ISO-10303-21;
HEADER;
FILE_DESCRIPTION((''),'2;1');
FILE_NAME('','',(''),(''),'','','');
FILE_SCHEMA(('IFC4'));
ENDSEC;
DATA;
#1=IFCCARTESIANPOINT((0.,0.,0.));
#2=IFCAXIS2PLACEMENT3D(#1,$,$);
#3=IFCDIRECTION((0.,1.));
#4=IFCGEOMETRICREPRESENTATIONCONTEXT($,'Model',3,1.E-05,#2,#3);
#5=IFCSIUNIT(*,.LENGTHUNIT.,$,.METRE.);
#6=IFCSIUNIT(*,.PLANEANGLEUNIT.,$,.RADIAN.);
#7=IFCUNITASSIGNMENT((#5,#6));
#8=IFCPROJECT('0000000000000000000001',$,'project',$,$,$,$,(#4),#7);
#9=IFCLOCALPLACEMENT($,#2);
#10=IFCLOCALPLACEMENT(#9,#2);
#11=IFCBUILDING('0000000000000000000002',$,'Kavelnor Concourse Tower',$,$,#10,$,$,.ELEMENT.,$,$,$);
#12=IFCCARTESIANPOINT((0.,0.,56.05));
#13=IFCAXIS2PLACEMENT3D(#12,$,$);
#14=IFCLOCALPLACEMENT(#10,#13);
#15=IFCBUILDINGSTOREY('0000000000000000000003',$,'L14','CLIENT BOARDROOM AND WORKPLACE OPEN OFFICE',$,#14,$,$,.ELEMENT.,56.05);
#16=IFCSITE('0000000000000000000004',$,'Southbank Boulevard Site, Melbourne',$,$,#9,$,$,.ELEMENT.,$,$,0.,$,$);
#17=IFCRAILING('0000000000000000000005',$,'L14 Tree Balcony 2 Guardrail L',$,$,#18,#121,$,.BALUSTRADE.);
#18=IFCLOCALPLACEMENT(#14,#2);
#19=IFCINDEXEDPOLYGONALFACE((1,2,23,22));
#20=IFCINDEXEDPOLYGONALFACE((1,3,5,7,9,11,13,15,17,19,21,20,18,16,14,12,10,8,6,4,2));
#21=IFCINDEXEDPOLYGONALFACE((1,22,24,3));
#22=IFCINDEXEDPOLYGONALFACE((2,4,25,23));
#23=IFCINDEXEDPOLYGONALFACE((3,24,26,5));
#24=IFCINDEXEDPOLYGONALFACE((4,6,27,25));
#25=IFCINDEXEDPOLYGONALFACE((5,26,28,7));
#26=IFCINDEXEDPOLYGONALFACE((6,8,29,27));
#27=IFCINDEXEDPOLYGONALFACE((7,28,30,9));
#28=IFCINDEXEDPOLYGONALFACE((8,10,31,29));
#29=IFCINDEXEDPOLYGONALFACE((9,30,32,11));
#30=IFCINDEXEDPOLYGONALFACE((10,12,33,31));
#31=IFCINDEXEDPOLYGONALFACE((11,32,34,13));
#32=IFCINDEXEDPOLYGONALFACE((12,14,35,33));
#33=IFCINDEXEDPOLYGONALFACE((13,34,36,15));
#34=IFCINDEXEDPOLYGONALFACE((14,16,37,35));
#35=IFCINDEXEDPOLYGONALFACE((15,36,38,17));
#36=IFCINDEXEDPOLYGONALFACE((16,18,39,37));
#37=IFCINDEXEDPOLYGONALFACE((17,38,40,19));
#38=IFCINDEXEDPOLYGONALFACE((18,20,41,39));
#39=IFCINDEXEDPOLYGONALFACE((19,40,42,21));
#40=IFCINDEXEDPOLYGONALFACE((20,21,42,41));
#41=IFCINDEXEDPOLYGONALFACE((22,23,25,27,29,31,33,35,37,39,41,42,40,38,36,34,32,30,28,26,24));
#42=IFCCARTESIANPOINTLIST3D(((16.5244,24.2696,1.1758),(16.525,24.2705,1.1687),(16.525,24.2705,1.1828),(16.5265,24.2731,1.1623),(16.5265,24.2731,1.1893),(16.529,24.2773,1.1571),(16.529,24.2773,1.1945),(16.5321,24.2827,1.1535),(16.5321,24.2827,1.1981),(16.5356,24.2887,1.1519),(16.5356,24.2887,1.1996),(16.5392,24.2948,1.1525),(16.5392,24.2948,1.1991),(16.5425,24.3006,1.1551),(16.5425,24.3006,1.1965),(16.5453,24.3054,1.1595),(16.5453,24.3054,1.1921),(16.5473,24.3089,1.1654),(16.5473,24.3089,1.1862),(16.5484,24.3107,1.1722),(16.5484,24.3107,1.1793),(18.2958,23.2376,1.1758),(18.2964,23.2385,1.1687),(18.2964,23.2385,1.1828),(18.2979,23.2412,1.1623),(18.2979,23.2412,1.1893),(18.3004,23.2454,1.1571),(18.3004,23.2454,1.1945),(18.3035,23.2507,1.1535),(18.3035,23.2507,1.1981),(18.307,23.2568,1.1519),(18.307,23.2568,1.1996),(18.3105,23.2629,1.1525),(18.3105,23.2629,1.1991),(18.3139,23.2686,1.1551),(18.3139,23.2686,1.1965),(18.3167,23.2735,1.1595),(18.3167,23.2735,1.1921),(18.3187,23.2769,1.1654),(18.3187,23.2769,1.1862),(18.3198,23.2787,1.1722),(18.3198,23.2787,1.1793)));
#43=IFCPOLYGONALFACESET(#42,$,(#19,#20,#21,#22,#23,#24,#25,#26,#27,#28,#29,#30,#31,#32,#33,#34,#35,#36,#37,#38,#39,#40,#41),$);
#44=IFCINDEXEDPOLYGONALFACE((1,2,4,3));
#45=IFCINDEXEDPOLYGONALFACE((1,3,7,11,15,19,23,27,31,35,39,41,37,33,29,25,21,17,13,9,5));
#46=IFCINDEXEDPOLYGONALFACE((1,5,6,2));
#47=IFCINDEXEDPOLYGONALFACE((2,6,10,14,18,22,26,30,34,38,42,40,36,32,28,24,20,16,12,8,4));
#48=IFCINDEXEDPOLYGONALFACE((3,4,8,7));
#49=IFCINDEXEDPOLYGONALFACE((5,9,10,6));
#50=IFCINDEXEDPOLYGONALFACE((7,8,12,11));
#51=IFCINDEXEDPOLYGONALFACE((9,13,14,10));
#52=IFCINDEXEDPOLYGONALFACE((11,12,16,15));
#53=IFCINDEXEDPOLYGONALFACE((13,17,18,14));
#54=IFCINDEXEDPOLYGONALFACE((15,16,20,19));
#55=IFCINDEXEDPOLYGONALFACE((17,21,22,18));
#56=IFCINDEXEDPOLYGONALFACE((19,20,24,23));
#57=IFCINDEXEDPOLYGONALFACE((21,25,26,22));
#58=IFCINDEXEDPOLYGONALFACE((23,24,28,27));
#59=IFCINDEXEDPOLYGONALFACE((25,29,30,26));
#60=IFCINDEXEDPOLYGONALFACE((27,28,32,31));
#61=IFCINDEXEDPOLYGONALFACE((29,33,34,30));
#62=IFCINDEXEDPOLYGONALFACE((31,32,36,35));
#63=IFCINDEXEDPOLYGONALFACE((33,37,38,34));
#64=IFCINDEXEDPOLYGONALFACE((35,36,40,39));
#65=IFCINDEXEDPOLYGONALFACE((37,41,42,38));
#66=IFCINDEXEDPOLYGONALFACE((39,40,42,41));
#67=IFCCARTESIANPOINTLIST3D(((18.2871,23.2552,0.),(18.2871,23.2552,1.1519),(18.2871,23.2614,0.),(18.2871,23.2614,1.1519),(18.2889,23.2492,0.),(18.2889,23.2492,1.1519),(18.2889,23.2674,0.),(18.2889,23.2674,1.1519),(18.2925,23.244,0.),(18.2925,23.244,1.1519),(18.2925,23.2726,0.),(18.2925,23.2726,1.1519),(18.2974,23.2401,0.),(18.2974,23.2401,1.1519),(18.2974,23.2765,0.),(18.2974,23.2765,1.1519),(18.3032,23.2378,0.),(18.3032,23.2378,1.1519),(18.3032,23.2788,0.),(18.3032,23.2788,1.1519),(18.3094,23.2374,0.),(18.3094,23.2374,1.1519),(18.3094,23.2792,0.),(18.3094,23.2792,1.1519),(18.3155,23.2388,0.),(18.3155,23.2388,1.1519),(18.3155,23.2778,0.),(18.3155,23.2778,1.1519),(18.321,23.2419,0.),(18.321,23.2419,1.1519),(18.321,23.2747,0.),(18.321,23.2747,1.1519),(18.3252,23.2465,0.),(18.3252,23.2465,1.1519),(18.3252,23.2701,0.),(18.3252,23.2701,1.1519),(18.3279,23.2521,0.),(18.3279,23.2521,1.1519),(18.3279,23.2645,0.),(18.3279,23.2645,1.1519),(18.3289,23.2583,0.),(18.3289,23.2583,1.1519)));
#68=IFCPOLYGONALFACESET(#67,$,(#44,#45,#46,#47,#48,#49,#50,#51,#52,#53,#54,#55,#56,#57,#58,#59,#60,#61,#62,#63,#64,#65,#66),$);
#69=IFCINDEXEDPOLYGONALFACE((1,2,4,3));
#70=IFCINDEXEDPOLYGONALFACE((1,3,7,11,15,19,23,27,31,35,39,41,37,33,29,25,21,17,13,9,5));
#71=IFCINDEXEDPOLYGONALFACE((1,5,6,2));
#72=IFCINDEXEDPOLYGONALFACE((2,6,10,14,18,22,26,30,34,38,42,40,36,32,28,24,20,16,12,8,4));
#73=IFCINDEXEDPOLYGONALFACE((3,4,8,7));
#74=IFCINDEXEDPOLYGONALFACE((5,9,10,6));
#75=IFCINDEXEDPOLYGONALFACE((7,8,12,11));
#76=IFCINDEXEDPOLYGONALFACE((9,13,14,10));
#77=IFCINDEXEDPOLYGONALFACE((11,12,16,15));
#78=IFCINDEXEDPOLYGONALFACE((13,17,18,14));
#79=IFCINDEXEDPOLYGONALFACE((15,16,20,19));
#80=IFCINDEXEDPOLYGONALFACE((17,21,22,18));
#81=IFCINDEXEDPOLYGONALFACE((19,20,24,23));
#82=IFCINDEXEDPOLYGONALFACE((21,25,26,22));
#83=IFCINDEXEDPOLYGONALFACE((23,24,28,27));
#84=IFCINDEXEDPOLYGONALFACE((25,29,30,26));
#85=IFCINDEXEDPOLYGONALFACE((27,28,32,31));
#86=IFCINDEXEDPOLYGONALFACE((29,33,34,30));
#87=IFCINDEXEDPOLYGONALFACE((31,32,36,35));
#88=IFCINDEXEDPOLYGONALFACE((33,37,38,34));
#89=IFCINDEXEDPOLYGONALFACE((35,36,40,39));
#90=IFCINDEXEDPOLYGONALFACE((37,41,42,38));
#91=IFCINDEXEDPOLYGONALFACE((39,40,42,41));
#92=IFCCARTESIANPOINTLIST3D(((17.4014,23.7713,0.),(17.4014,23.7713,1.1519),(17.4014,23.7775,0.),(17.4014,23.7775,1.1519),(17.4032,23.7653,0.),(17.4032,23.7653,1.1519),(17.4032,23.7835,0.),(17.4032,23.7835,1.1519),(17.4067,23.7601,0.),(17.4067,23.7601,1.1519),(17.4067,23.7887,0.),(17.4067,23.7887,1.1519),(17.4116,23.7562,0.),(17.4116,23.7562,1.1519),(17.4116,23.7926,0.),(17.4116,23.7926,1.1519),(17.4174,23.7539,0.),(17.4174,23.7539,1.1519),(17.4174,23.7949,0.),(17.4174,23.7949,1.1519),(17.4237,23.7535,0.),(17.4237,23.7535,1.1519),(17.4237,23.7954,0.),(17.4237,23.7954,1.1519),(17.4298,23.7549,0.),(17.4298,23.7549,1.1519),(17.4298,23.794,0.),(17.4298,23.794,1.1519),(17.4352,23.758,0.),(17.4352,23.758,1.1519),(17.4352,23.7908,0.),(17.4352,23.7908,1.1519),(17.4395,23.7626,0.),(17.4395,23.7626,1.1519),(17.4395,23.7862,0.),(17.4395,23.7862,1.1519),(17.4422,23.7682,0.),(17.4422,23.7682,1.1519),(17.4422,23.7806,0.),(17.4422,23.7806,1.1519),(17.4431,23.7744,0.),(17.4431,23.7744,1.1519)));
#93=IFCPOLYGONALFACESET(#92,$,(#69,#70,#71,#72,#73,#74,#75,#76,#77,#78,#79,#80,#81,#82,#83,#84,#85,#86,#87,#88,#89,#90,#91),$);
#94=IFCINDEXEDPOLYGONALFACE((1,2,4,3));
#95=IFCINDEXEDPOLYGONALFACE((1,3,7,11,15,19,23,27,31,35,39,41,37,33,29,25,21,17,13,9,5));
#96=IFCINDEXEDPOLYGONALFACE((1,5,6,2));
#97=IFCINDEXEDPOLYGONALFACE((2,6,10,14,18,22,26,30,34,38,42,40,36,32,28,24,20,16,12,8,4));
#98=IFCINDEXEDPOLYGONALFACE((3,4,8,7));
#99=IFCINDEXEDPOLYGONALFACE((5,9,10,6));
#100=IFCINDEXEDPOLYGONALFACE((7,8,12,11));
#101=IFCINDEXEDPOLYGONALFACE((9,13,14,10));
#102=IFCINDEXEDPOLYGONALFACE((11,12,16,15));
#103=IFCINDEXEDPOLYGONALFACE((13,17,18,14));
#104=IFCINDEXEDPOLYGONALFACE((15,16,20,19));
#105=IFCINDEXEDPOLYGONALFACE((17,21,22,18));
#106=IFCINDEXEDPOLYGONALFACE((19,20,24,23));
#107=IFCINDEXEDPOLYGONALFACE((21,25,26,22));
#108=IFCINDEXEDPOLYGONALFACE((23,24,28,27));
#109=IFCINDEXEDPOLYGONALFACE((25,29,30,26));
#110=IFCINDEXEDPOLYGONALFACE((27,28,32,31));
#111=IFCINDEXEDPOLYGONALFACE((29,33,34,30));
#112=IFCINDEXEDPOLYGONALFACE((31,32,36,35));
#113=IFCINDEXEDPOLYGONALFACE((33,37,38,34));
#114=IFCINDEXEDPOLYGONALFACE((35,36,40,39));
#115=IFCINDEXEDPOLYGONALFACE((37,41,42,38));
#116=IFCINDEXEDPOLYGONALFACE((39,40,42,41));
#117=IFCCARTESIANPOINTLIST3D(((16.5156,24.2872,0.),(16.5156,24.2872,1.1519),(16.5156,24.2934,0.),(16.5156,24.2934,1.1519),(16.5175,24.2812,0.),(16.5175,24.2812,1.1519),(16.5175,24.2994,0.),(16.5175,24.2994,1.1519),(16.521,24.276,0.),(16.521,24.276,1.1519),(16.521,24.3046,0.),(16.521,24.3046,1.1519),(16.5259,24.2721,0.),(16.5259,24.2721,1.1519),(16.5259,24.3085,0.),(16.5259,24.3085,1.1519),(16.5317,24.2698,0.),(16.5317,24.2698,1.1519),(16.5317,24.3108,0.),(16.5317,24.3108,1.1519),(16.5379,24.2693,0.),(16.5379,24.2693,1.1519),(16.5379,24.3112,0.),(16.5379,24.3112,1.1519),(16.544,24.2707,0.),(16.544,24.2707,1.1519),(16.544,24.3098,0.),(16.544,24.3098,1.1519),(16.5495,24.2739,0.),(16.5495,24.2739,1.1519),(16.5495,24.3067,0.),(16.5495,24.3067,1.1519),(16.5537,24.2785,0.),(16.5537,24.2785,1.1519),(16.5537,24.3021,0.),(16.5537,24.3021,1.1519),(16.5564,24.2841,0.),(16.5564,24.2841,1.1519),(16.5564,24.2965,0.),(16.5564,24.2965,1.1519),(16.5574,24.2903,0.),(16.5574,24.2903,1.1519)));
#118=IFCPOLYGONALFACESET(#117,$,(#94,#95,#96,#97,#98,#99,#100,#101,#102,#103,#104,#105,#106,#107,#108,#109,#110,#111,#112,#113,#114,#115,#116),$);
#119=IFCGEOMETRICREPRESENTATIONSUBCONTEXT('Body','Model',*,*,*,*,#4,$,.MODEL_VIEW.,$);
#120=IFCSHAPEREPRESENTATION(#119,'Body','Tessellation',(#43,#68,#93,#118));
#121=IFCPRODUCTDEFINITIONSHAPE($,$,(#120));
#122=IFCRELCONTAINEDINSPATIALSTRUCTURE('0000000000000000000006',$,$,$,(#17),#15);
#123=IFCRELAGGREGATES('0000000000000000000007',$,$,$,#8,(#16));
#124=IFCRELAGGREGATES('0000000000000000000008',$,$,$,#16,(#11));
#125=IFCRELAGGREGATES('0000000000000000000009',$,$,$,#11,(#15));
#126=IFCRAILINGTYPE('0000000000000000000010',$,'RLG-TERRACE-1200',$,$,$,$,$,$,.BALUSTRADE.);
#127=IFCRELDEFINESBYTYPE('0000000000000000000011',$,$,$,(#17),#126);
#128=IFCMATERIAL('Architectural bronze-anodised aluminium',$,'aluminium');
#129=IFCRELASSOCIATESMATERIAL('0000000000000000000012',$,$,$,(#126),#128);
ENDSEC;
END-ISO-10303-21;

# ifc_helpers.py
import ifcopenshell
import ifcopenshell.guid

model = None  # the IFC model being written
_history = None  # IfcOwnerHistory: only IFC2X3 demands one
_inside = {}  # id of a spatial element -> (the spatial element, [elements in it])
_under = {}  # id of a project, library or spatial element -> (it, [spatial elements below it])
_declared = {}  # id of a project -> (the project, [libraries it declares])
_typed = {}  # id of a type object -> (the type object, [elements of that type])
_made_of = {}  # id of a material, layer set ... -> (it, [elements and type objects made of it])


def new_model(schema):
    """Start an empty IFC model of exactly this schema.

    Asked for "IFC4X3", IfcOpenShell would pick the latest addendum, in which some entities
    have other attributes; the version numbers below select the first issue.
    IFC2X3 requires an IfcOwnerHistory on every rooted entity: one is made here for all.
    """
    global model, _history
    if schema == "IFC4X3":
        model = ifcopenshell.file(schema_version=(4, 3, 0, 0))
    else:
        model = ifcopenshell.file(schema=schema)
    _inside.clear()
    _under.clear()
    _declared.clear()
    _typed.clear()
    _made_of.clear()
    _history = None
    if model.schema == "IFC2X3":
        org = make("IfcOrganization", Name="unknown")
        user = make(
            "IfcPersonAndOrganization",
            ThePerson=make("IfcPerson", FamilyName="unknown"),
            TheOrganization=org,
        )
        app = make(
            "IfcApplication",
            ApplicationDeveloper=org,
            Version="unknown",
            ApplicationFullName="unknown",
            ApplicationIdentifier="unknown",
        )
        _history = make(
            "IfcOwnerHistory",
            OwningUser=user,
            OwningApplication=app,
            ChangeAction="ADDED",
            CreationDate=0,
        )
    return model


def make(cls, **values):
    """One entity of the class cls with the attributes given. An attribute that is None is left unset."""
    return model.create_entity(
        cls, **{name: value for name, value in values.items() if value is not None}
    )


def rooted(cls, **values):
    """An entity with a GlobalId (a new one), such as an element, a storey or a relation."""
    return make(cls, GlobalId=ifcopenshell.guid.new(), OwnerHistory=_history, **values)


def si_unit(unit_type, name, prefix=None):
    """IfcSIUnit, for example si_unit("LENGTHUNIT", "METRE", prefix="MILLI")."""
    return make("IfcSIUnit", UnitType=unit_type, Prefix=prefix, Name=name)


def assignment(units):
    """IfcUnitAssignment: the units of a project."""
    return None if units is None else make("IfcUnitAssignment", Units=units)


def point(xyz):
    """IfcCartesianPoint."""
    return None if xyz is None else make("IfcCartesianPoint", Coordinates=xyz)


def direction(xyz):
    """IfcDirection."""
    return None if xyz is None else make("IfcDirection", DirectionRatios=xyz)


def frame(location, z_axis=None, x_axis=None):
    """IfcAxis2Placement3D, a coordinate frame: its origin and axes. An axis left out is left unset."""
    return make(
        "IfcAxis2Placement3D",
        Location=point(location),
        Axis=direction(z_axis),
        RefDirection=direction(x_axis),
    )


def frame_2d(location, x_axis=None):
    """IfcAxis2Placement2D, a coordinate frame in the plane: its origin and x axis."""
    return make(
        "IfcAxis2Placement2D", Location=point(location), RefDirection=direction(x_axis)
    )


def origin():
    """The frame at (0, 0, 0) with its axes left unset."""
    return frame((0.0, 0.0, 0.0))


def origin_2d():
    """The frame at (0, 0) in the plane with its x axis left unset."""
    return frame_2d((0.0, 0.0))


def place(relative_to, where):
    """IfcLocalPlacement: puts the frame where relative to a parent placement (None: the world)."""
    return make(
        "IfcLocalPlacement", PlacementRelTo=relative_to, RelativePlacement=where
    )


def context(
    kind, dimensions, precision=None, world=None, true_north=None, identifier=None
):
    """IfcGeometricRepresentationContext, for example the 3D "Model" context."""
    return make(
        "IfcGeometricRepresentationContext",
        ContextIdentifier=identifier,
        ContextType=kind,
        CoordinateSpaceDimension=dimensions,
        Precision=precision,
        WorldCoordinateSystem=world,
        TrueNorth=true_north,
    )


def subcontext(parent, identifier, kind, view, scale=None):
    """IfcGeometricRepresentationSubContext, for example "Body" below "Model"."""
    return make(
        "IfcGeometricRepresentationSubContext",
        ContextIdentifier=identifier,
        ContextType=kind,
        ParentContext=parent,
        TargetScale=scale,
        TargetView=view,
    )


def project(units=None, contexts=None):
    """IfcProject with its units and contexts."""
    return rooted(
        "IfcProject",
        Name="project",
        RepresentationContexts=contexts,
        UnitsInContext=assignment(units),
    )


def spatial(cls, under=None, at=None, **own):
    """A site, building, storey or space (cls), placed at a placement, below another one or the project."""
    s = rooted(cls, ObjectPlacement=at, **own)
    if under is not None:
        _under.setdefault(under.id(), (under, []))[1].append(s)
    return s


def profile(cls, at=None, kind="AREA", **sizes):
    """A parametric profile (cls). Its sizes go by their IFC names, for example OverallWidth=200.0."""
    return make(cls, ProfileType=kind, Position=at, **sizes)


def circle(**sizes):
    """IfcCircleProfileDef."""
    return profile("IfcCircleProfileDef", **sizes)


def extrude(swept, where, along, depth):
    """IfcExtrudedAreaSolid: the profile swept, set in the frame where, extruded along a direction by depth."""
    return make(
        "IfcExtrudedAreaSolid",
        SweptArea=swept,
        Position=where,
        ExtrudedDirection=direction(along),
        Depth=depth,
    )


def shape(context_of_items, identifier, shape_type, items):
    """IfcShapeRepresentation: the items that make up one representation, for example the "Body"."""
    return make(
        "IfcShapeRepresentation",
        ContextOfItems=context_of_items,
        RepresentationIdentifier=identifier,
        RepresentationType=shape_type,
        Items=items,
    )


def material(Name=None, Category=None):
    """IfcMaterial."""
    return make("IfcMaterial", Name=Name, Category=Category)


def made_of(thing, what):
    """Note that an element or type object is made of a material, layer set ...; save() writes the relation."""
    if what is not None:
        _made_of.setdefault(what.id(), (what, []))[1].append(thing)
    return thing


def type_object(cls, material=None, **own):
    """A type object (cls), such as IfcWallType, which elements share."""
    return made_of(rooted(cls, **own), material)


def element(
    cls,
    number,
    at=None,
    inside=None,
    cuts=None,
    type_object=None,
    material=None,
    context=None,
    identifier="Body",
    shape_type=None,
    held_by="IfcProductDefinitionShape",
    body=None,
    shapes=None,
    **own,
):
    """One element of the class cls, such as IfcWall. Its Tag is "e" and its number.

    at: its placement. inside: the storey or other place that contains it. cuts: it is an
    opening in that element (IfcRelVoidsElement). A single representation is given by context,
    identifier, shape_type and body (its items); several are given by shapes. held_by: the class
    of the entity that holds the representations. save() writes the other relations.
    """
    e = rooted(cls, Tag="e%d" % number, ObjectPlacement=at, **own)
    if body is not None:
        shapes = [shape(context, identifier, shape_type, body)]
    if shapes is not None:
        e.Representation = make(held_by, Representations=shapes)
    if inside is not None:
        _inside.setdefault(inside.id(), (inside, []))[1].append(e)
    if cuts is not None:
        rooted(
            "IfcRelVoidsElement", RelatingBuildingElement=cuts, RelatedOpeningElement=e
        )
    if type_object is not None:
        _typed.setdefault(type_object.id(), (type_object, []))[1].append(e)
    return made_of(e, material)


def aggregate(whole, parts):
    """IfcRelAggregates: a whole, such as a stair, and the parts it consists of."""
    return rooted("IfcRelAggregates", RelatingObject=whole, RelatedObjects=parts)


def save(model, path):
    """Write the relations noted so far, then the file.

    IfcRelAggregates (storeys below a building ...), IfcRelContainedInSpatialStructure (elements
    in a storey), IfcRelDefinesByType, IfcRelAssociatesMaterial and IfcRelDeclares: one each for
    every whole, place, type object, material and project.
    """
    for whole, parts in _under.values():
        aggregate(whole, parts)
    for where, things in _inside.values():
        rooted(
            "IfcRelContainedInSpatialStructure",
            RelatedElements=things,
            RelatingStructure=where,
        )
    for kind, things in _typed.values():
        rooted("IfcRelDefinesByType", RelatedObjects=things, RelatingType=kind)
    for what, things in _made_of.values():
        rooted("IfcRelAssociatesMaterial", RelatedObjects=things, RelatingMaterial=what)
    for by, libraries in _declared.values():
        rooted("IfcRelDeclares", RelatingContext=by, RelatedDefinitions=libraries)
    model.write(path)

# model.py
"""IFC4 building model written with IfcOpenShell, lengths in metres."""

from ifc_helpers import new_model, si_unit, direction, frame, origin, origin_2d, place, context, subcontext, project, spatial, circle, extrude, material, type_object, element, save


model = new_model("IFC4")

# Units and contexts
model_context = context("Model", 3, precision=1e-05, world=origin(), true_north=direction((0.0, 1.0)))
body_context = subcontext(model_context, "Body", "Model", "MODEL_VIEW")
ifc_project = project(units=[si_unit("LENGTHUNIT", "METRE"), si_unit("PLANEANGLEUNIT", "RADIAN")], contexts=[model_context])

# Site, building, storey
site_placement = place(None, origin())
site = spatial("IfcSite", under=ifc_project, at=site_placement, Name="Southbank Boulevard Site, Melbourne", CompositionType="ELEMENT", RefElevation=0.0)
building_placement = place(site_placement, origin())
building = spatial("IfcBuilding", under=site, at=building_placement, Name="Kavelnor Concourse Tower", CompositionType="ELEMENT")
storey_placement = place(building_placement, frame((0.0, 0.0, 56.05)))
storey = spatial("IfcBuildingStorey", under=building, at=storey_placement, Name="L14", Description="CLIENT BOARDROOM AND WORKPLACE OPEN OFFICE", CompositionType="ELEMENT", Elevation=56.05)

# Railing
ifc_material_1 = material(Name="Architectural bronze-anodised aluminium", Category="aluminium")
railing_type_1 = type_object("IfcRailingType", Name="RLG-TERRACE-1200", PredefinedType="BALUSTRADE", material=ifc_material_1)
railing_1_placement = place(storey_placement, frame((18.3079, 23.2583, 0.0)))
element("IfcRailing", 1, at=railing_1_placement, inside=storey, type_object=railing_type_1, Name="L14 Tree Balcony 2 Guardrail L", PredefinedType="BALUSTRADE", context=body_context, shape_type="SweptSolid", body=[
    extrude(circle(Radius=0.0239, at=origin_2d()), frame((0.0, 0.0, 1.1758), z_axis=(-0.864072, 0.503367, 0.0), x_axis=(-0.503367, -0.864072, 0.0)), (0.0, 0.0, 1.0), 2.05),
    extrude(circle(Radius=0.021, at=origin_2d()), origin(), (0.0, 0.0, 1.0), 1.1519),
    extrude(circle(Radius=0.021, at=origin_2d()), frame((-0.8857, 0.5161, 0.0)), (0.0, 0.0, 1.0), 1.1519),
    extrude(circle(Radius=0.021, at=origin_2d()), frame((-1.7715, 1.032, 0.0)), (0.0, 0.0, 1.0), 1.1519),
])

save(model, "model.ifc")
